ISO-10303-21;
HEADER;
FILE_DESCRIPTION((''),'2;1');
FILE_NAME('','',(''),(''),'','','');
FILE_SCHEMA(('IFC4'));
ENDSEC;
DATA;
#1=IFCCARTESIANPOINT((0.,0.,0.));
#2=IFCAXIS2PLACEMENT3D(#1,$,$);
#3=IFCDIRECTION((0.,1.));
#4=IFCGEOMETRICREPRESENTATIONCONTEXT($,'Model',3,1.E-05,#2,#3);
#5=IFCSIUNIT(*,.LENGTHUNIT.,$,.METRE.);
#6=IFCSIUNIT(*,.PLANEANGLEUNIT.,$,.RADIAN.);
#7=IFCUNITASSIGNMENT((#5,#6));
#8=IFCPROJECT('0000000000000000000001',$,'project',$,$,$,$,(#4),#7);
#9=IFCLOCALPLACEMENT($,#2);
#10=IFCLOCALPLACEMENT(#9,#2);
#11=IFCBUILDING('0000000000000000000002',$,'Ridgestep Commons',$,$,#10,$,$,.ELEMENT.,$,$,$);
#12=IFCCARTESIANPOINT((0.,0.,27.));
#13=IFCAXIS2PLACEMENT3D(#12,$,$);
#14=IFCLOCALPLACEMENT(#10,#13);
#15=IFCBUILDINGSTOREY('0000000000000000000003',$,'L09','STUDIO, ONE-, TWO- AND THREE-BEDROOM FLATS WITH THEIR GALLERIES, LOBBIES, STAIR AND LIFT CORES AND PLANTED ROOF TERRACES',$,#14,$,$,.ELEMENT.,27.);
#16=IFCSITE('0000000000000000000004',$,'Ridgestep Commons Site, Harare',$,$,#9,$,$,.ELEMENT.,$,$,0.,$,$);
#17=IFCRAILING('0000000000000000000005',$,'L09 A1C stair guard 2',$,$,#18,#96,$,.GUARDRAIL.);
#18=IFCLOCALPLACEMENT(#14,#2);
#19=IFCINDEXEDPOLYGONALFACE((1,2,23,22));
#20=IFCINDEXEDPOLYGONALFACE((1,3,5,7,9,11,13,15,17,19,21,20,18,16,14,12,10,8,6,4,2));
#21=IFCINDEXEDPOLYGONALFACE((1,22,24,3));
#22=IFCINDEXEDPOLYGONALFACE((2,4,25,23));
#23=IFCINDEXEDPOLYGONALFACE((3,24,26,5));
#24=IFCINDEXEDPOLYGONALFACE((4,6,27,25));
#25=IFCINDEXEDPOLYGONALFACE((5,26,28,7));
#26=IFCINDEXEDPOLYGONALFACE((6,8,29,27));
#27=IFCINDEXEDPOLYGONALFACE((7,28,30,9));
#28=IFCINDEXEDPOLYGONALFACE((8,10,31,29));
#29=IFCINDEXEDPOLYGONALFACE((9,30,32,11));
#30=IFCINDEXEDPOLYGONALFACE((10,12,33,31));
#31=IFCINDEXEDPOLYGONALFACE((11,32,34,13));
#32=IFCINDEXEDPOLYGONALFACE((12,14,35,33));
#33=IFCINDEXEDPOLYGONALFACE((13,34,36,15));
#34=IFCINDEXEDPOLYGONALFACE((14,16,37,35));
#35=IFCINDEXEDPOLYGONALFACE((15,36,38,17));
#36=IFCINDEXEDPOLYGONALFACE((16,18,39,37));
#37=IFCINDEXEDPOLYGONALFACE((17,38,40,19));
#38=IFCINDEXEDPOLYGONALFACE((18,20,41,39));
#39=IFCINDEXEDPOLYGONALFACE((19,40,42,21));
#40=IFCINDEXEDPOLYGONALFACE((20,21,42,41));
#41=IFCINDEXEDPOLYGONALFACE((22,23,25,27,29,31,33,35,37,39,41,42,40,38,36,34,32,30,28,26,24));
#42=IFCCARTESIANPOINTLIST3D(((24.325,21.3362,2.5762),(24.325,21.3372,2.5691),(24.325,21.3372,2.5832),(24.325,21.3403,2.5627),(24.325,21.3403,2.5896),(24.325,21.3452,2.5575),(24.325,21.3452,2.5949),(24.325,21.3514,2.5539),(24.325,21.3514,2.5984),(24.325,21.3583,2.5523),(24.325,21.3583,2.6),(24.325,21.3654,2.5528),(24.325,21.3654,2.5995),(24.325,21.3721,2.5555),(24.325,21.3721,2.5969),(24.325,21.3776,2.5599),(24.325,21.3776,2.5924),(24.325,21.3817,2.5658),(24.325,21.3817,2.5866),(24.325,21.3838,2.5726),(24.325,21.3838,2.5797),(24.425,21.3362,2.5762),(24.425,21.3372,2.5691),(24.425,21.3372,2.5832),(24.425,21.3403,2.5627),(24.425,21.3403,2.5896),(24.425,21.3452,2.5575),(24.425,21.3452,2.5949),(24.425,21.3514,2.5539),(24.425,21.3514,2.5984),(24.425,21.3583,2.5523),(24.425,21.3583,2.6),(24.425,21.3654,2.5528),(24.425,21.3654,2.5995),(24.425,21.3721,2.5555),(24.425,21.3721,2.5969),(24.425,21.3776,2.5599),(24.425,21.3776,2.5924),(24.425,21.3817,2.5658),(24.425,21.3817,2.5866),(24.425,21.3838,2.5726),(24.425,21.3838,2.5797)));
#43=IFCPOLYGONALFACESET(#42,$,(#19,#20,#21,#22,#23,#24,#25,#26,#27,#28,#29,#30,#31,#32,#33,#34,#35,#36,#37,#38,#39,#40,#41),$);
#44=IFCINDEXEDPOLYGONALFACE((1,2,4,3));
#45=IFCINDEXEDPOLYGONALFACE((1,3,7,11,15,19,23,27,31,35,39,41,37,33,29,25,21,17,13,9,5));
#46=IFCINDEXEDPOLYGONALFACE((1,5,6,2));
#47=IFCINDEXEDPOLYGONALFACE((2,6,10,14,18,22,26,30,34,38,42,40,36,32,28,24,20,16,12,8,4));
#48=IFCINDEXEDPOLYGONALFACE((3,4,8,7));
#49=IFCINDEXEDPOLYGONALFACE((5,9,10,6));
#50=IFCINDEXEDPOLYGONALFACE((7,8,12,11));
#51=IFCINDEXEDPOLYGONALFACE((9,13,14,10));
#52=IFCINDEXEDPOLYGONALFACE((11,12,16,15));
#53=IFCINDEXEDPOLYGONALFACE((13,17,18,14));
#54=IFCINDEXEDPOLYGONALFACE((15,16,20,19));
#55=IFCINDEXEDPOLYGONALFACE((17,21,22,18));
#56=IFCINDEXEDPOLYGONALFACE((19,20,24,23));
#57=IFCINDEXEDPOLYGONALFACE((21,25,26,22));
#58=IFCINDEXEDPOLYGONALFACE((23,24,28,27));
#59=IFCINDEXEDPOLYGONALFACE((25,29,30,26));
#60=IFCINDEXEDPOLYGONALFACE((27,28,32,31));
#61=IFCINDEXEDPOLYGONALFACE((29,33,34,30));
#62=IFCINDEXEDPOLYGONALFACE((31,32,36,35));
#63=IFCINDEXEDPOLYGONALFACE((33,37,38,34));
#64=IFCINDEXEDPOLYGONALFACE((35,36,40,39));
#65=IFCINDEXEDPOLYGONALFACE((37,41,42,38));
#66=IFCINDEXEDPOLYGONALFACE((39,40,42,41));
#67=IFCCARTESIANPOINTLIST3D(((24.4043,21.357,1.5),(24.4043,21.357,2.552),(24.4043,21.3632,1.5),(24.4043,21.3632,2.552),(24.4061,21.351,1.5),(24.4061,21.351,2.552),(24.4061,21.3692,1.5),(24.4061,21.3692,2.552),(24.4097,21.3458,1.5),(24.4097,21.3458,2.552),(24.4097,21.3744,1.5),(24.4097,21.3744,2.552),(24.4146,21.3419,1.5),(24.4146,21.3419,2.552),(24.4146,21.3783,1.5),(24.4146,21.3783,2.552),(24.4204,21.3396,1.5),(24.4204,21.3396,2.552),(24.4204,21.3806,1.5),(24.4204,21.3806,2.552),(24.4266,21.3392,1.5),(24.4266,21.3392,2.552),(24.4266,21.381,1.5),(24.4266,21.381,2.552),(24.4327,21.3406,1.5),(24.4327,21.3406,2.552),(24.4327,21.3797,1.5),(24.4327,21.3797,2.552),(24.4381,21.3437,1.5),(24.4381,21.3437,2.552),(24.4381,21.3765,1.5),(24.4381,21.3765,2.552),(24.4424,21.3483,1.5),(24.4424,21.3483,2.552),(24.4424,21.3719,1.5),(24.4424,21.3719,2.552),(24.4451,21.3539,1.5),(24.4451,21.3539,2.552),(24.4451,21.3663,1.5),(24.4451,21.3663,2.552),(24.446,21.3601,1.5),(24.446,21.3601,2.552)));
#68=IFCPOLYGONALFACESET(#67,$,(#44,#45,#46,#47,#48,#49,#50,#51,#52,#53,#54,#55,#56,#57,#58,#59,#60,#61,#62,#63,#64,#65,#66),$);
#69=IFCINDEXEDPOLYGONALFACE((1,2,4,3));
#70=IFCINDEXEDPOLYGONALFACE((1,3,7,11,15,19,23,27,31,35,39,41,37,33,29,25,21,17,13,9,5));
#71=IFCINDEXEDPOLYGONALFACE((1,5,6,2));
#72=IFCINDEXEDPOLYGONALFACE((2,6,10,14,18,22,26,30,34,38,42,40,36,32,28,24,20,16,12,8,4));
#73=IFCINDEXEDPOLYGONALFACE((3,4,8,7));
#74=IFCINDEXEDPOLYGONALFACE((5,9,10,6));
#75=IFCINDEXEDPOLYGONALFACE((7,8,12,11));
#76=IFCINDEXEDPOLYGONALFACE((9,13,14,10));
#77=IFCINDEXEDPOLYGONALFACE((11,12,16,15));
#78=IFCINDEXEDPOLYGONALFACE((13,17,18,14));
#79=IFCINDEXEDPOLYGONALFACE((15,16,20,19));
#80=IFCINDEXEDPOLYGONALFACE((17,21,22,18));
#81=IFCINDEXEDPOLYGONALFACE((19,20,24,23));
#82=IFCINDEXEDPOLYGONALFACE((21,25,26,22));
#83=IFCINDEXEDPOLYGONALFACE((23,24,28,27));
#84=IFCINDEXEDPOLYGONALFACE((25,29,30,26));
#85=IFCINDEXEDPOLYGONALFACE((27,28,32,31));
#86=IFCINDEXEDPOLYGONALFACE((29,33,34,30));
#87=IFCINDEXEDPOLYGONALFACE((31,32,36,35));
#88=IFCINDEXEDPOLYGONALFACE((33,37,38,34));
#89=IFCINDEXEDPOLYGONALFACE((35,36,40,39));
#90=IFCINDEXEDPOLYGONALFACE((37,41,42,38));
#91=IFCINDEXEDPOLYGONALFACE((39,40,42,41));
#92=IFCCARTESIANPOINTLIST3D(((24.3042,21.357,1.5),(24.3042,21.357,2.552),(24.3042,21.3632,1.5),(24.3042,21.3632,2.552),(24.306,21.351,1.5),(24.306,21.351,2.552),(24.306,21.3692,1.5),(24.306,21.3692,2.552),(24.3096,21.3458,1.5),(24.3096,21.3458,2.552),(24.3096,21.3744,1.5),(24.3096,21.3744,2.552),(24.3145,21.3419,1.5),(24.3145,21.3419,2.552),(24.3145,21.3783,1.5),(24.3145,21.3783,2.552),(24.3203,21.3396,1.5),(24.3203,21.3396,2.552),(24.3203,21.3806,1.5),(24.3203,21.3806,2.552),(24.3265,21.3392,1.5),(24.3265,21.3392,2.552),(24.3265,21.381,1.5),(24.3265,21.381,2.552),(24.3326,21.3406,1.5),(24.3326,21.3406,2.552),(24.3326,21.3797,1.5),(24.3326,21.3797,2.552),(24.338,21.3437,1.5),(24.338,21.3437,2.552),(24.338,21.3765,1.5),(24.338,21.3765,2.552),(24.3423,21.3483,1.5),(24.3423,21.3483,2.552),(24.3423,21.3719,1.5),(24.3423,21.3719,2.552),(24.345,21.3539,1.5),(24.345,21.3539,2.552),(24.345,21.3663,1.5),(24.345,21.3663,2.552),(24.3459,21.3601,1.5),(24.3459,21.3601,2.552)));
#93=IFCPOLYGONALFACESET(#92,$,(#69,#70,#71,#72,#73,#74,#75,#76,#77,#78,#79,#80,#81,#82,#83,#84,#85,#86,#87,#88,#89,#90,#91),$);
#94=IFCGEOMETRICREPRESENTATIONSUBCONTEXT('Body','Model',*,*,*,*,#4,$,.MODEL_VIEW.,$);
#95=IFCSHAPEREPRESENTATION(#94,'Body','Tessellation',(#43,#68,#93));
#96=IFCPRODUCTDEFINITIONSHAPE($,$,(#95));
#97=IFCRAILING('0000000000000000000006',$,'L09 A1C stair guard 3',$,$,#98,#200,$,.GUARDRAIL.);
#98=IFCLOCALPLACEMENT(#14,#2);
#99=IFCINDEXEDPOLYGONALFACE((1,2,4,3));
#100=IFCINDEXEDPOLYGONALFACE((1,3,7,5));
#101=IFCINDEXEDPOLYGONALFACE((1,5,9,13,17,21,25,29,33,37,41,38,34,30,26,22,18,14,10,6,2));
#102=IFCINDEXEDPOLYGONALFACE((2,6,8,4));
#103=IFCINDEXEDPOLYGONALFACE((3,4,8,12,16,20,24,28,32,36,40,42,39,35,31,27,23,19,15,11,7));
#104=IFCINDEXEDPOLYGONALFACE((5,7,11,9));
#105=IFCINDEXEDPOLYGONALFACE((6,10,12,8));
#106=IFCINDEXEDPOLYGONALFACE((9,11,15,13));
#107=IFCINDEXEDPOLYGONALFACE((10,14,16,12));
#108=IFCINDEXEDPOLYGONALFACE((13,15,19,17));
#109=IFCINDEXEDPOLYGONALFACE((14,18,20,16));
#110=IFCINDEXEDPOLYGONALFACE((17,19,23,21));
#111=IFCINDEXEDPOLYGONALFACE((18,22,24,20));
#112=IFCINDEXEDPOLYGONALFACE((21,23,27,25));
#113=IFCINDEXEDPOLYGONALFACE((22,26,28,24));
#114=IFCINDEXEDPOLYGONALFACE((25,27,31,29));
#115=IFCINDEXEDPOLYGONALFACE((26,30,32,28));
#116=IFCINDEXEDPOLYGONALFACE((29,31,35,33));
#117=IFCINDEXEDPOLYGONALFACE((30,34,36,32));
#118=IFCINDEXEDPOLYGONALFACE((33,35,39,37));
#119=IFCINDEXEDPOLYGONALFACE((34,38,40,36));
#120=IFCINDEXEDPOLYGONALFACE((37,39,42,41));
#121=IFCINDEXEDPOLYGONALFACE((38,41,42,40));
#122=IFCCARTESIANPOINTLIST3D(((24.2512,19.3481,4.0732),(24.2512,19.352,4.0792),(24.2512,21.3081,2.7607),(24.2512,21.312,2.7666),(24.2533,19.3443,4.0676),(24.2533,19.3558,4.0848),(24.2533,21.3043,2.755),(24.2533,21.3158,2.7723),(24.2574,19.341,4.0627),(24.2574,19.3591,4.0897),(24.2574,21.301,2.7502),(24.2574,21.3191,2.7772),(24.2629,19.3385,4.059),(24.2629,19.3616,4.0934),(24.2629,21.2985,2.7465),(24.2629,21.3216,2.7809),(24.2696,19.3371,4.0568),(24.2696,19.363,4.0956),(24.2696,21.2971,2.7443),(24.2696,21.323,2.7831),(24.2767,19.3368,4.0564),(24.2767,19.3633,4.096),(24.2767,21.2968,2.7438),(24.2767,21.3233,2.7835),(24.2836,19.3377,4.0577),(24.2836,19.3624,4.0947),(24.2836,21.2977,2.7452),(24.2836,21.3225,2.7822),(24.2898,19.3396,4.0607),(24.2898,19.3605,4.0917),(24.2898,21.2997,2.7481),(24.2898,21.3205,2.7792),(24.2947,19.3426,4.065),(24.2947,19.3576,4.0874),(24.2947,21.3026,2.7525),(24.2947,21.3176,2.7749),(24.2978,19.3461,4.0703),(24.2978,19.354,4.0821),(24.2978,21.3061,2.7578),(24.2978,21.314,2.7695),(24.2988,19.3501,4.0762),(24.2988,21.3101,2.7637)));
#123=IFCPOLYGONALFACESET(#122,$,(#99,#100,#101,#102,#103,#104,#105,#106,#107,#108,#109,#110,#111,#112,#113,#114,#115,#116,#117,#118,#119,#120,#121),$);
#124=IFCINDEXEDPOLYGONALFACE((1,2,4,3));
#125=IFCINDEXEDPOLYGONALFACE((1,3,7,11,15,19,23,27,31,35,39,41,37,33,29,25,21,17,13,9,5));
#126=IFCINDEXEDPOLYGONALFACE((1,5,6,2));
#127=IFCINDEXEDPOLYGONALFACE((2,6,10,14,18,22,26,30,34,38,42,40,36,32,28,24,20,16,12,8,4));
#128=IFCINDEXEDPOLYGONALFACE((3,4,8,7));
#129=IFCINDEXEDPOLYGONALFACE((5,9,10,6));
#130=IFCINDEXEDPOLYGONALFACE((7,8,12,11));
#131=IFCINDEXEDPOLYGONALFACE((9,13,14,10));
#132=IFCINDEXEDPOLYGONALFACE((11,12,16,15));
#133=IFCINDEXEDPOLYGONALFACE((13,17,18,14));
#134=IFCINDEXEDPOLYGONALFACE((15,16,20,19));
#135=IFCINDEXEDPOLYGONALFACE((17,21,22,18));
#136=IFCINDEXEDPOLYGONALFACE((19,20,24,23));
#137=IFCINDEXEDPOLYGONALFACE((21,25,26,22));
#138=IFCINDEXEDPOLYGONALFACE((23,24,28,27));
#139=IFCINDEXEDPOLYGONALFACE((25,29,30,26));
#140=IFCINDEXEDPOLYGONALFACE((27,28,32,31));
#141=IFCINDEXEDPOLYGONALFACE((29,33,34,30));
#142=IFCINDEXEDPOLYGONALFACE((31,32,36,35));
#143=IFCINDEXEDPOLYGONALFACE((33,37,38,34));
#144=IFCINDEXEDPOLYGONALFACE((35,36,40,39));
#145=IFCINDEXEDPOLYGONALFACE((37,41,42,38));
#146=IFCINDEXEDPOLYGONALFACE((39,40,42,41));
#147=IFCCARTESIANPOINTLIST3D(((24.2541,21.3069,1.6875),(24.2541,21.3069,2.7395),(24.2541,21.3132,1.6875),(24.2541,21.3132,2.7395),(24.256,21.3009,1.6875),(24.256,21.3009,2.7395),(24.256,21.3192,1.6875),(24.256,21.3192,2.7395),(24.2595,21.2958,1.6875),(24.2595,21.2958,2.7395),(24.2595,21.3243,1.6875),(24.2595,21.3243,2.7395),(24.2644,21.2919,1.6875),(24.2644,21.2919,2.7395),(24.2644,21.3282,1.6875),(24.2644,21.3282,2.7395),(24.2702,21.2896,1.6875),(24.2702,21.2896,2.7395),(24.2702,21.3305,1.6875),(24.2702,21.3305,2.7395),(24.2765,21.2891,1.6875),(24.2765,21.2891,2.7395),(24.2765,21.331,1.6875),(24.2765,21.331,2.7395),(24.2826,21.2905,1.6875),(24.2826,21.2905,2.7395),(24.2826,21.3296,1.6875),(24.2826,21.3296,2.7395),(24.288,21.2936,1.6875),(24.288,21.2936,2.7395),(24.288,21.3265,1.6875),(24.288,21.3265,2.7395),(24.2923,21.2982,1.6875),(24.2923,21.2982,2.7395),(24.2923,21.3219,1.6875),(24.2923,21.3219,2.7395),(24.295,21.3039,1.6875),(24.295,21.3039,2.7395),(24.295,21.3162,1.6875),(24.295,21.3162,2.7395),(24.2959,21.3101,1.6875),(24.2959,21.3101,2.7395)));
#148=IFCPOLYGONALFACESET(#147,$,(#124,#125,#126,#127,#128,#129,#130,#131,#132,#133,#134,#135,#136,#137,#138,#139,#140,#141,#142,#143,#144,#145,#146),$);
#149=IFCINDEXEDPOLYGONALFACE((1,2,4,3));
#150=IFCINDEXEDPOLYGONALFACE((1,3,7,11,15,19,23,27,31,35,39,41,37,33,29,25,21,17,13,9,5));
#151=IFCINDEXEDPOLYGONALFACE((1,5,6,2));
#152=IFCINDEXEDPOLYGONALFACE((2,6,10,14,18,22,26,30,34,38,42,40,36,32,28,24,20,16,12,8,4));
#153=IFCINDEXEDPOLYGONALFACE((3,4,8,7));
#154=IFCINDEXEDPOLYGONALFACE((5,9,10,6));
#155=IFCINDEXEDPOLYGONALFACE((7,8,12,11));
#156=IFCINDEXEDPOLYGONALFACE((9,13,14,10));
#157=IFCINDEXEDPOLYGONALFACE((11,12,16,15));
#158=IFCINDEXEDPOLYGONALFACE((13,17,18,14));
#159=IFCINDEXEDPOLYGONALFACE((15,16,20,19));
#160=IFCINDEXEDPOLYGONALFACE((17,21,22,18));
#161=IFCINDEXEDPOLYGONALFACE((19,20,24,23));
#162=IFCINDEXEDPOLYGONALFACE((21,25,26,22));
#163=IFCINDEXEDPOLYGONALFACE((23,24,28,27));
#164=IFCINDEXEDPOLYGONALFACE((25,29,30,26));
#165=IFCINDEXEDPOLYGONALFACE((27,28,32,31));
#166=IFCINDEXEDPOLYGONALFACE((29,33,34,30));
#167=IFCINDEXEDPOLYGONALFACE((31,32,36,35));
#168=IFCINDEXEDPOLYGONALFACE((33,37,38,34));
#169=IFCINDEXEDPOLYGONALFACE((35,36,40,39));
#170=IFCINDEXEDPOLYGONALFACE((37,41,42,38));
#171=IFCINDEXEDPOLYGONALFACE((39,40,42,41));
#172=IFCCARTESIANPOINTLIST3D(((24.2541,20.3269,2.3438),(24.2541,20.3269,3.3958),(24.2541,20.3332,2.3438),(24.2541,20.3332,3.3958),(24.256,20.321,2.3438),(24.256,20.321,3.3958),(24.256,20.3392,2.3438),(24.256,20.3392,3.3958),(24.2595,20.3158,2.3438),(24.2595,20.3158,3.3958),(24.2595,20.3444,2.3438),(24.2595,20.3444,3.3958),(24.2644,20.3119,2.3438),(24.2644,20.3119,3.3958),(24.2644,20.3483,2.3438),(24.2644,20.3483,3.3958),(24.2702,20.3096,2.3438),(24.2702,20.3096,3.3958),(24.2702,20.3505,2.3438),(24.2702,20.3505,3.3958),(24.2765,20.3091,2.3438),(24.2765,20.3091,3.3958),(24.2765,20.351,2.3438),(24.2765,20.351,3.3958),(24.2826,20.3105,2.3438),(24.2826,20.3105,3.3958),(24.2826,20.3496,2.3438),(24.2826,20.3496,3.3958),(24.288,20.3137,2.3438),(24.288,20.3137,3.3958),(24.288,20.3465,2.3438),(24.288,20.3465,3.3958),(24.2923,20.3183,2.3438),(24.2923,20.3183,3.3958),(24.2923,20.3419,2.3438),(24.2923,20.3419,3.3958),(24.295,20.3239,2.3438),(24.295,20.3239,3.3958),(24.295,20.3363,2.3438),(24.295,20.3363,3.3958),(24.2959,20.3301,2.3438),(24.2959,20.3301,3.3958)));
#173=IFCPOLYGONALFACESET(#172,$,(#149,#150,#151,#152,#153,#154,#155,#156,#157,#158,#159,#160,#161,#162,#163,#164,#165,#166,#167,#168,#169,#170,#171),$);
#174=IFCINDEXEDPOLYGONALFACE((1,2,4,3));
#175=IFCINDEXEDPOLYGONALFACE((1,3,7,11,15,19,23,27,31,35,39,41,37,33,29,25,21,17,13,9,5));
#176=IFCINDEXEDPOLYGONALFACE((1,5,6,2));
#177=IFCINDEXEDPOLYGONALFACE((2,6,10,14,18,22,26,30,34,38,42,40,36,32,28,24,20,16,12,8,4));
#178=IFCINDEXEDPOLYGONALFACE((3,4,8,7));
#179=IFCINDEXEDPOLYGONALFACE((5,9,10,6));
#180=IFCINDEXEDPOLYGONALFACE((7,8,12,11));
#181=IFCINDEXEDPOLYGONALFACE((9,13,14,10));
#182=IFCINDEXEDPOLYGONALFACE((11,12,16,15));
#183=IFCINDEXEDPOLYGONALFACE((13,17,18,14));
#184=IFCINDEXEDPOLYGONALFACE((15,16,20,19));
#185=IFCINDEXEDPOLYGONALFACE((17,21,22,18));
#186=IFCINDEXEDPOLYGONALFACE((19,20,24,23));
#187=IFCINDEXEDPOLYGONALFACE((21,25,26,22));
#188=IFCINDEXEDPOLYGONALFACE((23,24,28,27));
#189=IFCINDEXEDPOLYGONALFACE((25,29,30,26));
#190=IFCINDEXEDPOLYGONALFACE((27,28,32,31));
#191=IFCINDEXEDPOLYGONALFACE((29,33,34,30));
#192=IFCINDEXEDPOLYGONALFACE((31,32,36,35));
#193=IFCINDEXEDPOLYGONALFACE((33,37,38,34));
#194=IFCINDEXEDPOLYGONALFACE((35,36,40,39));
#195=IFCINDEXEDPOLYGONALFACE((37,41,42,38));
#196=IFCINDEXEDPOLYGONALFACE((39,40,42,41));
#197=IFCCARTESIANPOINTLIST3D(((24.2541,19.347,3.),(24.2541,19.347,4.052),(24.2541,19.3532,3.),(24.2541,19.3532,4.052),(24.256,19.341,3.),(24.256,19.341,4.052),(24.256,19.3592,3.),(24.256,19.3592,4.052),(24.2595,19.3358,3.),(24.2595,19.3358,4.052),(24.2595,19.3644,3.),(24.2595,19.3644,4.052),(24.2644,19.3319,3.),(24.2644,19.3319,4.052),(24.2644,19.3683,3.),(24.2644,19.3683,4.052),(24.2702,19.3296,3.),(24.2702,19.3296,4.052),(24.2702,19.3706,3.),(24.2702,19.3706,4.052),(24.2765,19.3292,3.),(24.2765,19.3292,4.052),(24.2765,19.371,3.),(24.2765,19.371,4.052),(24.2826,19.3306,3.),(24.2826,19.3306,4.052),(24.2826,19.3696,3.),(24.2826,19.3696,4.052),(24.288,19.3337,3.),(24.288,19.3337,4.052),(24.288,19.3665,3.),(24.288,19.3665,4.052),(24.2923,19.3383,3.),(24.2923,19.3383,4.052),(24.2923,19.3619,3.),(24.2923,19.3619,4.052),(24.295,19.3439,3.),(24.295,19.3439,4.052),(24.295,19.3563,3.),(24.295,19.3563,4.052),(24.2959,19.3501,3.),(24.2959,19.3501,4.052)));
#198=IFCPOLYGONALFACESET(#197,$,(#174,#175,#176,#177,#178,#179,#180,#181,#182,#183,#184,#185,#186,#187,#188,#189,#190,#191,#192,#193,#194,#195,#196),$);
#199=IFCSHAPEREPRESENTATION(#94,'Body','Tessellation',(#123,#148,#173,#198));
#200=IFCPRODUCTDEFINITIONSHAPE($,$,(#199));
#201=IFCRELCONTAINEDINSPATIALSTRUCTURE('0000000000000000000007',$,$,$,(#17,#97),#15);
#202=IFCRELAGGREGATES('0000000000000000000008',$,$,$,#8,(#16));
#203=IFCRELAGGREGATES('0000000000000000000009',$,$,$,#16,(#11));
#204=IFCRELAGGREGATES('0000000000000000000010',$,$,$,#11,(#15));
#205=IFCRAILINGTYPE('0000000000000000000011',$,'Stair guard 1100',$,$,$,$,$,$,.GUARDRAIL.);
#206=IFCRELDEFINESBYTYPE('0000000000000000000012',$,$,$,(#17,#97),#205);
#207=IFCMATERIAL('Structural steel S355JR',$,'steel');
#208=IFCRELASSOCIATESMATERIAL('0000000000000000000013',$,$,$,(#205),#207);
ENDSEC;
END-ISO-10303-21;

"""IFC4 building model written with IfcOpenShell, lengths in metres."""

from ifc_helpers import new_model, si_unit, direction, frame, origin, origin_2d, place, context, subcontext, project, spatial, circle, extrude, material, type_object, element, save


model = new_model("IFC4")

# Units and contexts
model_context = context("Model", 3, precision=1e-05, world=origin(), true_north=direction((0.0, 1.0)))
body_context = subcontext(model_context, "Body", "Model", "MODEL_VIEW")
ifc_project = project(units=[si_unit("LENGTHUNIT", "METRE"), si_unit("PLANEANGLEUNIT", "RADIAN")], contexts=[model_context])

# Site, building, storey
site_placement = place(None, origin())
site = spatial("IfcSite", under=ifc_project, at=site_placement, Name="Ridgestep Commons Site, Harare", CompositionType="ELEMENT", RefElevation=0.0)
building_placement = place(site_placement, origin())
building = spatial("IfcBuilding", under=site, at=building_placement, Name="Ridgestep Commons", CompositionType="ELEMENT")
storey_placement = place(building_placement, frame((0.0, 0.0, 27.0)))
storey = spatial("IfcBuildingStorey", under=building, at=storey_placement, Name="L09", Description="STUDIO, ONE-, TWO- AND THREE-BEDROOM FLATS WITH THEIR GALLERIES, LOBBIES, STAIR AND LIFT CORES AND PLANTED ROOF TERRACES", CompositionType="ELEMENT", Elevation=27.0)

# Railings
ifc_material_1 = material(Name="Structural steel S355JR", Category="steel")
railing_type_1 = type_object("IfcRailingType", Name="Stair guard 1100", PredefinedType="GUARDRAIL", material=ifc_material_1)
railing_1_placement = place(storey_placement, frame((24.425, 21.3601, 1.5)))
element("IfcRailing", 1, at=railing_1_placement, inside=storey, type_object=railing_type_1, Name="L09 A1C stair guard 2", PredefinedType="GUARDRAIL", context=body_context, shape_type="SweptSolid", body=[
    extrude(circle(Radius=0.0239, at=origin_2d()), frame((0.0, 0.0, 1.0762), z_axis=(-1.0, 0.0, 0.0), x_axis=(0.0, -1.0, 0.0)), (0.0, 0.0, 1.0), 0.1001),
    extrude(circle(Radius=0.021, at=origin_2d()), origin(), (0.0, 0.0, 1.0), 1.052),
    extrude(circle(Radius=0.021, at=origin_2d()), frame((-0.1001, 0.0, 0.0)), (0.0, 0.0, 1.0), 1.052),
])
railing_2_placement = place(storey_placement, frame((24.2749, 21.3101, 1.6875)))
element("IfcRailing", 2, at=railing_2_placement, inside=storey, type_object=railing_type_1, Name="L09 A1C stair guard 3", PredefinedType="GUARDRAIL", context=body_context, shape_type="SweptSolid", body=[
    extrude(circle(Radius=0.0239, at=origin_2d()), frame((0.0, 0.0, 1.0762), z_axis=(0.0, -0.830902, 0.556419), x_axis=(1.0, 0.0, 0.0)), (0.0, 0.0, 1.0), 2.3589),
    extrude(circle(Radius=0.021, at=origin_2d()), origin(), (0.0, 0.0, 1.0), 1.052),
    extrude(circle(Radius=0.021, at=origin_2d()), frame((0.0, -0.98, 0.6562)), (0.0, 0.0, 1.0), 1.052),
    extrude(circle(Radius=0.021, at=origin_2d()), frame((0.0, -1.96, 1.3125)), (0.0, 0.0, 1.0), 1.052),
])

save(model, "model.ifc")
